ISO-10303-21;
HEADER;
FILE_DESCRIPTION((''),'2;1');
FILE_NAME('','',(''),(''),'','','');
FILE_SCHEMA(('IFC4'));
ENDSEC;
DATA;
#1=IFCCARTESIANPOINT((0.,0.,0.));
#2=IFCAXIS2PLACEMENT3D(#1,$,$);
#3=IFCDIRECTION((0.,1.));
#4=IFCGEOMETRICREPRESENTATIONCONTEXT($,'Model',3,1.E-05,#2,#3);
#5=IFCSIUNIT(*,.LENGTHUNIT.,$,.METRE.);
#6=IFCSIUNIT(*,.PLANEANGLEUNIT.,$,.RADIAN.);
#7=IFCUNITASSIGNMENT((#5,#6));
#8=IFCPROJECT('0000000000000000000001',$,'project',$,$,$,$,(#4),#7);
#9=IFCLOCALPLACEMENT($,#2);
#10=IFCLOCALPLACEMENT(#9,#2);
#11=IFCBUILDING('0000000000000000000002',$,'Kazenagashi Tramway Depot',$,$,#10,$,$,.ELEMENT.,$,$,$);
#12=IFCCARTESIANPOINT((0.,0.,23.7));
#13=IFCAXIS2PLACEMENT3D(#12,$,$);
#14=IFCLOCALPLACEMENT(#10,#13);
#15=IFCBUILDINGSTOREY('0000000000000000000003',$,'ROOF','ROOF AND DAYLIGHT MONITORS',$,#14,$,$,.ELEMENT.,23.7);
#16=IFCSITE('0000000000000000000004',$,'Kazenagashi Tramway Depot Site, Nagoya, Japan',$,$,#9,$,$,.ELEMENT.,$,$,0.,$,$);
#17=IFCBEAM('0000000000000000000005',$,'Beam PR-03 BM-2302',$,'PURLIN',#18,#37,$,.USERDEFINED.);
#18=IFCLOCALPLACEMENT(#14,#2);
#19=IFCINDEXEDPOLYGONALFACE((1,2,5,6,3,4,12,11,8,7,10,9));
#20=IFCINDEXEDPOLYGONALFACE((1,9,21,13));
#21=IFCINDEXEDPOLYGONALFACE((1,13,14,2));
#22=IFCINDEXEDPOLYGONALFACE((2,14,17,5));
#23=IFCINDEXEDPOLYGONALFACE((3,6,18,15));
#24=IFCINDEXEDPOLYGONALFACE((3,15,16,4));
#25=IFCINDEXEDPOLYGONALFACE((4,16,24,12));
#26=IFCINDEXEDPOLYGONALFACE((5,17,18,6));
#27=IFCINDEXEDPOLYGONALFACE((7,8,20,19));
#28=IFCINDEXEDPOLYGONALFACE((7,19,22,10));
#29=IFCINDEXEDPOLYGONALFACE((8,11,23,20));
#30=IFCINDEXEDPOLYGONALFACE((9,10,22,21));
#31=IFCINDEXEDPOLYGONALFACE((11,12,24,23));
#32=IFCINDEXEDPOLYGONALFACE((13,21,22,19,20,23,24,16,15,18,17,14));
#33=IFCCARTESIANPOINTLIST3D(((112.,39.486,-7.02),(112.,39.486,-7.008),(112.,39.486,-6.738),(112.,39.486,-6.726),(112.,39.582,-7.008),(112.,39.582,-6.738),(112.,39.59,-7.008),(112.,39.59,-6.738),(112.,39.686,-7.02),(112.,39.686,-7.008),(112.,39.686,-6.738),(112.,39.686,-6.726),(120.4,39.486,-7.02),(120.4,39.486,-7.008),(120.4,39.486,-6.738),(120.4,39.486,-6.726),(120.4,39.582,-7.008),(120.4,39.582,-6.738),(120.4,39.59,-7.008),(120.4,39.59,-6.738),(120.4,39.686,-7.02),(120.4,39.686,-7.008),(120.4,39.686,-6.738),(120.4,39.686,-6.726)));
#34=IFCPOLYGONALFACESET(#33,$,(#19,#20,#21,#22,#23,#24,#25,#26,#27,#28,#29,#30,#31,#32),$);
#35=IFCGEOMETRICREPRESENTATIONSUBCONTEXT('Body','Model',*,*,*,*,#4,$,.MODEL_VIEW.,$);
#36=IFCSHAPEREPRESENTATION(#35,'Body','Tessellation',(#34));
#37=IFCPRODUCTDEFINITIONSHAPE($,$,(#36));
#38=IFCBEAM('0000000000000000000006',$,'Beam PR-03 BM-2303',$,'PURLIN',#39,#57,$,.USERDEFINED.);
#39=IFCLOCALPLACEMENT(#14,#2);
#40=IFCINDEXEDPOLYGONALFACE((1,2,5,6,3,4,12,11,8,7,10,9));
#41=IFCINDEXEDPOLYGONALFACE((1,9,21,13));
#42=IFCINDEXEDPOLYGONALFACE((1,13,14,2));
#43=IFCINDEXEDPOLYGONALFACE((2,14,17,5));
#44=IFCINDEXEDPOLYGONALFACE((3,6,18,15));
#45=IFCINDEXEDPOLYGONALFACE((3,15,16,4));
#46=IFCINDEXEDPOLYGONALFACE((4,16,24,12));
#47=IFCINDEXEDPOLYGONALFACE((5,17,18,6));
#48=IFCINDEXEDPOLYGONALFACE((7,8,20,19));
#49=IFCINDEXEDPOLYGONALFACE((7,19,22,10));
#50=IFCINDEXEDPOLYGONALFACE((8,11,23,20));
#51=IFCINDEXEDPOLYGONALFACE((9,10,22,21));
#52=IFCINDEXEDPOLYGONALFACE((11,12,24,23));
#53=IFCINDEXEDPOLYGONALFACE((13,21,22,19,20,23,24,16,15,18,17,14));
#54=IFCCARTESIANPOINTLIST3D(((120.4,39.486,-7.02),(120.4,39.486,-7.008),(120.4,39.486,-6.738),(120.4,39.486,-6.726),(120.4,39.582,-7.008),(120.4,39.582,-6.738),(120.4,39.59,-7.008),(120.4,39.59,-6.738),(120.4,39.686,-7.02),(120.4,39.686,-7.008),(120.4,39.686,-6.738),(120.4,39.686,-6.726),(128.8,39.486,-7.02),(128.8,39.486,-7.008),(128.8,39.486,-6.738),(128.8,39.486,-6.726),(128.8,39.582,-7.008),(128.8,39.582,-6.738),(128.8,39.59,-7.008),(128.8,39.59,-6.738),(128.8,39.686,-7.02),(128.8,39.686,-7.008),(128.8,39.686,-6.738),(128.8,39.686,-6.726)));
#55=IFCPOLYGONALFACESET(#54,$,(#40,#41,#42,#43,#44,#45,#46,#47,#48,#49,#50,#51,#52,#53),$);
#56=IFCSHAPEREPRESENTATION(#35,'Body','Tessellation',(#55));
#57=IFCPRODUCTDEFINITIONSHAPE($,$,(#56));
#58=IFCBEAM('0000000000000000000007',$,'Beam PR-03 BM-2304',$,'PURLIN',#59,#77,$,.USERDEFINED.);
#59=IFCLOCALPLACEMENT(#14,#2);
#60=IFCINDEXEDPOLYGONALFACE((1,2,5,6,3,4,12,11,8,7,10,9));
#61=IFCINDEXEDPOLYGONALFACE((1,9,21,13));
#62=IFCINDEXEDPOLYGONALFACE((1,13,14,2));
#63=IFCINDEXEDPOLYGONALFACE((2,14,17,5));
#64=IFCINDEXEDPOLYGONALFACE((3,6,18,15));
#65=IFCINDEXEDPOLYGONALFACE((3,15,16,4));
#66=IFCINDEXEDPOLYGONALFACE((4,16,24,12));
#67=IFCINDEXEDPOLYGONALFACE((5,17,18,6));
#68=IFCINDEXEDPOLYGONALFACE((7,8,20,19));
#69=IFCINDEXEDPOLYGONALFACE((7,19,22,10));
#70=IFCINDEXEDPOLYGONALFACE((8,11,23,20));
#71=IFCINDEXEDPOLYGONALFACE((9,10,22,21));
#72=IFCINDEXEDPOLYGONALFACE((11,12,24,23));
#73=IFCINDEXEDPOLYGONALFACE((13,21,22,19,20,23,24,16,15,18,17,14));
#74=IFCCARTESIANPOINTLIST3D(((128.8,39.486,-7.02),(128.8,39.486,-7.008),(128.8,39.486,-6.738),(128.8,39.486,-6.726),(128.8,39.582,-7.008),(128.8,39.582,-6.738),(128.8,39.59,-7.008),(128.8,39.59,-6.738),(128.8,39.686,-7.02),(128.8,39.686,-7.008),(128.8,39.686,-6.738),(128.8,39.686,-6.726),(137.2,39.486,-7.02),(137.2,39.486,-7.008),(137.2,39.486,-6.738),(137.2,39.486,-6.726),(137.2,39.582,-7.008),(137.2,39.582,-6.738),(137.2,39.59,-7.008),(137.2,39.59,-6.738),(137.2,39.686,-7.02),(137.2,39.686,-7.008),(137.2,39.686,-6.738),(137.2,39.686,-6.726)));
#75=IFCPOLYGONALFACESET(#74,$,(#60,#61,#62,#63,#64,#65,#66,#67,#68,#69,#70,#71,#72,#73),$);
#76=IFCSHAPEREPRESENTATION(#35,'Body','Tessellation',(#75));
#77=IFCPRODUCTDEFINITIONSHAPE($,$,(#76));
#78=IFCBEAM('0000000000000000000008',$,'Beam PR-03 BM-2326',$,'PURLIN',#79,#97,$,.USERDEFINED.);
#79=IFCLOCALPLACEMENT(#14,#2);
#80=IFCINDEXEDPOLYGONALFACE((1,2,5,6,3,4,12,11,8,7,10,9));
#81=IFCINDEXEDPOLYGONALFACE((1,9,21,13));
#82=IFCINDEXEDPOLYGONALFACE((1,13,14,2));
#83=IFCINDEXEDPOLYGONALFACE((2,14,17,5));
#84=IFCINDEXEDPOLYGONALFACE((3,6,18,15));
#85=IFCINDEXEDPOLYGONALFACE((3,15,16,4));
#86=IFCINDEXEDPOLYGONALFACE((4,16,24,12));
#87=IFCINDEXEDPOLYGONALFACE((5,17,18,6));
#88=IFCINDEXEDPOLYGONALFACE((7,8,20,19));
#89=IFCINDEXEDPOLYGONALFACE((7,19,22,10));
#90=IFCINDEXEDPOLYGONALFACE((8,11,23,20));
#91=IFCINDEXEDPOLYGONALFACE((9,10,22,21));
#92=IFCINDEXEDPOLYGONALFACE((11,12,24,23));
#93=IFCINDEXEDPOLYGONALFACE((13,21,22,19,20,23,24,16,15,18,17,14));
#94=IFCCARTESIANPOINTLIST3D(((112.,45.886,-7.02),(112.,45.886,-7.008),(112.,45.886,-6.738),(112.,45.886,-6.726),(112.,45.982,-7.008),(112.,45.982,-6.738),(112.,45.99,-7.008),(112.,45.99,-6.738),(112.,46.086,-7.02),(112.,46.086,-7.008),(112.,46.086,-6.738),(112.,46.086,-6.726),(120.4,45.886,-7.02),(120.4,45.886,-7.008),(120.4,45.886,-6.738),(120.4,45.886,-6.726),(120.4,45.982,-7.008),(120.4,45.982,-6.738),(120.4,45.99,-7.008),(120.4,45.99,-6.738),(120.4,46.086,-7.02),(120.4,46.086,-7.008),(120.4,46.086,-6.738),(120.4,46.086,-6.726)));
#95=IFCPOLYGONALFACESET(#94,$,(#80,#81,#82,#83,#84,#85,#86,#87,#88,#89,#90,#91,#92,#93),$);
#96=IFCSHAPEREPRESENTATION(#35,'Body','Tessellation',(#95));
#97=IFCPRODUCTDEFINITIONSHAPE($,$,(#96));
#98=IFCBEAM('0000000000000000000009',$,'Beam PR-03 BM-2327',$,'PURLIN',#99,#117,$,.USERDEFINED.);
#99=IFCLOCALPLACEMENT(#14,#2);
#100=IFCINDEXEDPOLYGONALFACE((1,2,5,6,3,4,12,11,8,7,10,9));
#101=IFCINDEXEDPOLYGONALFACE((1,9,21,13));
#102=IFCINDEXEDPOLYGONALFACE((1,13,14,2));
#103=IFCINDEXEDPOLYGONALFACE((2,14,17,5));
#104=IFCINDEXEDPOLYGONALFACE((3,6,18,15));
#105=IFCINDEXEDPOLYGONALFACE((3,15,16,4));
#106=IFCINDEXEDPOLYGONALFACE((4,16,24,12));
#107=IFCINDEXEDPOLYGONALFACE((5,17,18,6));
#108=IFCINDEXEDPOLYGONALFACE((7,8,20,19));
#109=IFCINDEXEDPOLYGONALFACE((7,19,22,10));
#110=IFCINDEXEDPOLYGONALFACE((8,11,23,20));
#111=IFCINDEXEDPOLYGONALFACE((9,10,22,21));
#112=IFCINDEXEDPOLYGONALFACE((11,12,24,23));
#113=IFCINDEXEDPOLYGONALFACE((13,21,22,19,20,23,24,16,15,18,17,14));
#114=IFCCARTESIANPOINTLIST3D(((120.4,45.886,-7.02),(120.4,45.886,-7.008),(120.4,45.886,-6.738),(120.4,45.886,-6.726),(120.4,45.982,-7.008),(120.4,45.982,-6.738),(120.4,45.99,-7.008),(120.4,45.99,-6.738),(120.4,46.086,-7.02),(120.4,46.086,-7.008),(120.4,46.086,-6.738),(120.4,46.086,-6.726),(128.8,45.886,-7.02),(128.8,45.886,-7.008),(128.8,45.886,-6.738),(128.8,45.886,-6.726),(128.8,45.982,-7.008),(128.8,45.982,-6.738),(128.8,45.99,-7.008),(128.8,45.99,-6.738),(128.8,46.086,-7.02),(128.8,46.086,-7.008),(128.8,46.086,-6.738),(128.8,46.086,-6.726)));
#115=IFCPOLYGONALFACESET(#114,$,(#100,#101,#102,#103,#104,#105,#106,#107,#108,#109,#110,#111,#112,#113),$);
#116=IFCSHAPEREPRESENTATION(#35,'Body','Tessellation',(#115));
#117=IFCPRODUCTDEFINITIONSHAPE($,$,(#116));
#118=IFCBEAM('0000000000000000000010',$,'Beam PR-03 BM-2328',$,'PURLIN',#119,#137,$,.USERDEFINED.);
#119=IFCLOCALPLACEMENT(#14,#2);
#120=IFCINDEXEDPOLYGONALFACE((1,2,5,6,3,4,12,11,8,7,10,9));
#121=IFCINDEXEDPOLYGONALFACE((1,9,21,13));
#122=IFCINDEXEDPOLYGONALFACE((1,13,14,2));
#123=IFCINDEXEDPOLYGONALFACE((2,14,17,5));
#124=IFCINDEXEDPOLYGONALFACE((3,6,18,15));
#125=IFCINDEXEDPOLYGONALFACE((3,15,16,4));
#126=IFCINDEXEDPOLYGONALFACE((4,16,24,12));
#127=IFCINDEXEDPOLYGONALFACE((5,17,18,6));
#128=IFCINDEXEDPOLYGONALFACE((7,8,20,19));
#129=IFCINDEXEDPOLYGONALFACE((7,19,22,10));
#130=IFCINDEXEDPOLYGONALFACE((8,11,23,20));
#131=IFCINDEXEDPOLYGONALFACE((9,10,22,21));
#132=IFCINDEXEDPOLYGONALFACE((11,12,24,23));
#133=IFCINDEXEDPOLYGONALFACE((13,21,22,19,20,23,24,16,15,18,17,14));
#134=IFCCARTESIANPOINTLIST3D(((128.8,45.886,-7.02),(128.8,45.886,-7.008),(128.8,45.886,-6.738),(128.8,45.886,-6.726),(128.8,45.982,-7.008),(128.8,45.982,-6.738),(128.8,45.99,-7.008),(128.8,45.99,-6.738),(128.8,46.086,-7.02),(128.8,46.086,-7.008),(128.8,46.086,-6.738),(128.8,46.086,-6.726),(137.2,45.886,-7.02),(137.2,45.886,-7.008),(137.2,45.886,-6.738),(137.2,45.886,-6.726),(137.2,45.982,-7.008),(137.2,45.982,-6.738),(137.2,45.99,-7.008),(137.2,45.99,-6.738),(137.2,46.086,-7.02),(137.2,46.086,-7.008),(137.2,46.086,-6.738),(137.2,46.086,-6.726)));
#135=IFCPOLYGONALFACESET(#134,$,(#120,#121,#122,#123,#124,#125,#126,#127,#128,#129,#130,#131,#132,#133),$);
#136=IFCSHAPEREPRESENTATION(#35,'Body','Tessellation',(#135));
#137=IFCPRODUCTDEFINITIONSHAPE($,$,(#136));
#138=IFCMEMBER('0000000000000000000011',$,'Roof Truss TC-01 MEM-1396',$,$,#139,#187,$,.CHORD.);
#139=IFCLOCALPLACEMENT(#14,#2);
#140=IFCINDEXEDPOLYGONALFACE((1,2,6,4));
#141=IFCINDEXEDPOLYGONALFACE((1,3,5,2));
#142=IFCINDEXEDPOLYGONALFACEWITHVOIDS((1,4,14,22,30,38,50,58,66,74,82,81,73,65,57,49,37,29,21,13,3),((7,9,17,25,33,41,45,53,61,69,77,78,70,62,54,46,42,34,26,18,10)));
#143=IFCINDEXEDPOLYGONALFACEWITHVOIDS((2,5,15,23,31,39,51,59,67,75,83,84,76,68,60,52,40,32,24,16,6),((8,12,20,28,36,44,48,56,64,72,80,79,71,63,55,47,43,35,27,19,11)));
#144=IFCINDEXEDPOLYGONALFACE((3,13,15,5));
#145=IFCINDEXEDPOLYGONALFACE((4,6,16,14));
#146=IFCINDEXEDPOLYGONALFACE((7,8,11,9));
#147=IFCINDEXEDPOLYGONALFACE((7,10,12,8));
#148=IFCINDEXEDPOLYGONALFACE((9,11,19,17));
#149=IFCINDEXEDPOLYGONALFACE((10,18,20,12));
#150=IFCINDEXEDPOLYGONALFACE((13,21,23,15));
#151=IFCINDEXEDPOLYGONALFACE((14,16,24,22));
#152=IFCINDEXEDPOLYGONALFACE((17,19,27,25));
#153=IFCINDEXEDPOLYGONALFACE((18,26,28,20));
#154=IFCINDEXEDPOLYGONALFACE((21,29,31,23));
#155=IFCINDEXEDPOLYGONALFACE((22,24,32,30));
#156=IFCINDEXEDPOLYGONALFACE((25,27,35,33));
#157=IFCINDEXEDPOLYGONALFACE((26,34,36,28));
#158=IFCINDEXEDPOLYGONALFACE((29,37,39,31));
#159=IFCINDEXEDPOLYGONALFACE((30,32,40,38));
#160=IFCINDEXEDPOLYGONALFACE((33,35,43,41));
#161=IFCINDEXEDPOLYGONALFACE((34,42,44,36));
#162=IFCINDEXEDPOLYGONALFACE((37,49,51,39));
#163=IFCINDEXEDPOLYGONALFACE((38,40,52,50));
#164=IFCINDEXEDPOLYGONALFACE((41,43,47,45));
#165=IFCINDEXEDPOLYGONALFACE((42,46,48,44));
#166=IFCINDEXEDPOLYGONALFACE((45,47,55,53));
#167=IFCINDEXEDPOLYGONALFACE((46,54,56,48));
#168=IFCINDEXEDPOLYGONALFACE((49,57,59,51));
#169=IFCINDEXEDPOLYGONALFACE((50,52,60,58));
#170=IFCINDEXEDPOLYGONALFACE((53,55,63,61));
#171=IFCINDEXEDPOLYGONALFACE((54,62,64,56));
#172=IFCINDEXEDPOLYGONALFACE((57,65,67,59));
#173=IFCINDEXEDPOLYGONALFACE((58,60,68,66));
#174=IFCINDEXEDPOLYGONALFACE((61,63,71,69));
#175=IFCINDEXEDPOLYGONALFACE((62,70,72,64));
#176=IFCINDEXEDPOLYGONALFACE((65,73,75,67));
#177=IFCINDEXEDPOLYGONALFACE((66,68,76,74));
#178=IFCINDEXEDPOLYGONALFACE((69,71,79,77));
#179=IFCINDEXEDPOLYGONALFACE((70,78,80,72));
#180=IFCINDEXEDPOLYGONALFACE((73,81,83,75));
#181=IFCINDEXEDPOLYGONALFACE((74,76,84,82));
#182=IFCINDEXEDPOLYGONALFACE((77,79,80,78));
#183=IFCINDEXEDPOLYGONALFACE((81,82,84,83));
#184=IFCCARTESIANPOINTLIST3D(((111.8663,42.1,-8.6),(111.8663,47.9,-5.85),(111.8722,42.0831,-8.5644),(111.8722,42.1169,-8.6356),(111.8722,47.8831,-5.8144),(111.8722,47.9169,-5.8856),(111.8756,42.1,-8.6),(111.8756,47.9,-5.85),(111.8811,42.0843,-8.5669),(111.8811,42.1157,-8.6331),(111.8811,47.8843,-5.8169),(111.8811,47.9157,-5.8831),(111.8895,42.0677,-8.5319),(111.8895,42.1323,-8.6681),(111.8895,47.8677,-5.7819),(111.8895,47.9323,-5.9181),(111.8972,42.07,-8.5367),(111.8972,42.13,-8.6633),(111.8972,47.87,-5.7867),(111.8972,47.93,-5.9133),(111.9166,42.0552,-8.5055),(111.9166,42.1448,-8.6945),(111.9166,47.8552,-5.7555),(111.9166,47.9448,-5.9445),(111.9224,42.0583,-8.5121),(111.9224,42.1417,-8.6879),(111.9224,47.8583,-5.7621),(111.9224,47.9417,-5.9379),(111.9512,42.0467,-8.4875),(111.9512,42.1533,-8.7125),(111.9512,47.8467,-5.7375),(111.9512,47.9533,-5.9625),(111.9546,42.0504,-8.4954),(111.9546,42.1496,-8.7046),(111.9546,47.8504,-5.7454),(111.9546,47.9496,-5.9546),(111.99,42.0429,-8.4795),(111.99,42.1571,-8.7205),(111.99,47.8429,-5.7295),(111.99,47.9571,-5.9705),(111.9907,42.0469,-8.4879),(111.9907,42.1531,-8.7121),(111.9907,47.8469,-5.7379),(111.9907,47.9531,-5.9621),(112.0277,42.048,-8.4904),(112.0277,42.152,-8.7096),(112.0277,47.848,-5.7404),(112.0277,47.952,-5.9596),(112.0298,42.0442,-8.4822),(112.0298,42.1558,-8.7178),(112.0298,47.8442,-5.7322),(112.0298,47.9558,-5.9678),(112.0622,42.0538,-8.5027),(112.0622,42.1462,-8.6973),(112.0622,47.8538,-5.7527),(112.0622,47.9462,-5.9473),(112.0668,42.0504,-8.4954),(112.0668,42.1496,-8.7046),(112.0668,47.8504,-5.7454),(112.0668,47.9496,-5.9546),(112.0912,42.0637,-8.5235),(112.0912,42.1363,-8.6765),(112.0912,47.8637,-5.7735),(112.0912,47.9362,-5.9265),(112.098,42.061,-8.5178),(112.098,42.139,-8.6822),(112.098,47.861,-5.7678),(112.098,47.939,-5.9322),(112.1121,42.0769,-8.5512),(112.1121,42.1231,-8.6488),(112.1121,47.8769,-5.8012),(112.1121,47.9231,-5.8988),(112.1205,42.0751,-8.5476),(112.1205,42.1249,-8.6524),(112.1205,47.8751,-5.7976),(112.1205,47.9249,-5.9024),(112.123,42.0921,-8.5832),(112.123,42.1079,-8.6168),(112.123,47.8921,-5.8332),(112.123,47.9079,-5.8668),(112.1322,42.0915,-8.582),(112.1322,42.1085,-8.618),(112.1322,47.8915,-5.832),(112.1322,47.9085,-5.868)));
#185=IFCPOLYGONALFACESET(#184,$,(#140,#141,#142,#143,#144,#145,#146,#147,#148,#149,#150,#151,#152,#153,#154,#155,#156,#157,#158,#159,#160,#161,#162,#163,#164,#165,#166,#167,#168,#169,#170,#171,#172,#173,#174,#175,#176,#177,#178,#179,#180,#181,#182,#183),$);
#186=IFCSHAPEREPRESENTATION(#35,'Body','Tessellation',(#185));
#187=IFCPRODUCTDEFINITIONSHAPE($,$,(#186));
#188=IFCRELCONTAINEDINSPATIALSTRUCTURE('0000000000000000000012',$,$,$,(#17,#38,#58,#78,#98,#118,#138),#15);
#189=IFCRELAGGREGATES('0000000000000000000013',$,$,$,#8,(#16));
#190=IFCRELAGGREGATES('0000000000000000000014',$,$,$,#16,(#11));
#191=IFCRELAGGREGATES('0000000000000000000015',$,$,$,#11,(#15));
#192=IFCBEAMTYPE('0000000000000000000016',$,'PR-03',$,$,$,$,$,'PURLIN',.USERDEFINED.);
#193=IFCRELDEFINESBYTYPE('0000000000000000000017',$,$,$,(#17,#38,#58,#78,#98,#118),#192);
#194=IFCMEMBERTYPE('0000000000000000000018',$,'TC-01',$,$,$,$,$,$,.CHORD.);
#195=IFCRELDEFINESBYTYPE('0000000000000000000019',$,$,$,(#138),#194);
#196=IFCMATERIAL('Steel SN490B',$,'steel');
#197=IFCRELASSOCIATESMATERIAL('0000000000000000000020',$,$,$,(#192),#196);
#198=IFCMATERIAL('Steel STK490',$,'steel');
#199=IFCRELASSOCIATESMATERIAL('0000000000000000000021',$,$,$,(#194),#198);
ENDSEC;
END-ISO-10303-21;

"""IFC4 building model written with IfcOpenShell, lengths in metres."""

from ifc_helpers import new_model, si_unit, direction, frame, origin, origin_2d, place, context, subcontext, project, spatial, hollow_circle, i_section, extrude, material, material_profile, profile_set, type_object, element, save


model = new_model("IFC4")

# Units and contexts
model_context = context("Model", 3, precision=1e-05, world=origin(), true_north=direction((0.0, 1.0)))
body_context = subcontext(model_context, "Body", "Model", "MODEL_VIEW")
ifc_project = project(units=[si_unit("LENGTHUNIT", "METRE"), si_unit("PLANEANGLEUNIT", "RADIAN")], contexts=[model_context])

# Site, building, storey
site_placement = place(None, origin())
site = spatial("IfcSite", under=ifc_project, at=site_placement, Name="Kazenagashi Tramway Depot Site, Nagoya, Japan", CompositionType="ELEMENT", RefElevation=0.0)
building_placement = place(site_placement, origin())
building = spatial("IfcBuilding", under=site, at=building_placement, Name="Kazenagashi Tramway Depot", CompositionType="ELEMENT")
storey_placement = place(building_placement, frame((0.0, 0.0, 23.7)))
storey = spatial("IfcBuildingStorey", under=building, at=storey_placement, Name="ROOF", Description="ROOF AND DAYLIGHT MONITORS", CompositionType="ELEMENT", Elevation=23.7)

# Beams
ifc_material_1 = material(Name="Steel SN490B", Category="steel")
ifc_material_profile_1 = material_profile(ifc_material_1, i_section(OverallWidth=0.2, OverallDepth=0.294, WebThickness=0.008, FlangeThickness=0.012, at=origin_2d()), Name="H-294x200x8x12")
ifc_profile_set_1 = profile_set([ifc_material_profile_1], Name="Steel SN490B")
beam_type_1 = type_object("IfcBeamType", Name="PR-03", ElementType="PURLIN", PredefinedType="USERDEFINED", material=ifc_profile_set_1)
for number, where, z_axis, x_axis, name in (
    (1, (112.0, 39.586, -6.873), (1.0, 0.0, 0.0), (0.0, 1.0, 0.0), "Beam PR-03 BM-2302"),
    (2, (120.4, 39.586, -6.873), (1.0, 0.0, 0.0), (0.0, 1.0, 0.0), "Beam PR-03 BM-2303"),
    (3, (128.8, 39.586, -6.873), (1.0, 0.0, 0.0), (0.0, 1.0, 0.0), "Beam PR-03 BM-2304"),
    (4, (112.0, 45.986, -6.873), (1.0, 0.0, 0.0), (0.0, 1.0, 0.0), "Beam PR-03 BM-2326"),
    (5, (120.4, 45.986, -6.873), (1.0, 0.0, 0.0), (0.0, 1.0, 0.0), "Beam PR-03 BM-2327"),
    (6, (128.8, 45.986, -6.873), (1.0, 0.0, 0.0), (0.0, 1.0, 0.0), "Beam PR-03 BM-2328"),
):
    element("IfcBeam", number, at=place(storey_placement, frame(where, z_axis=z_axis, x_axis=x_axis)), inside=storey, type_object=beam_type_1, Name=name, ObjectType="PURLIN", PredefinedType="USERDEFINED", context=body_context, shape_type="SweptSolid", body=[
        extrude(i_section(OverallWidth=0.2, OverallDepth=0.294, WebThickness=0.008, FlangeThickness=0.012, at=origin_2d()), origin(), (0.0, 0.0, 1.0), 8.4),
    ])

# Member
ifc_material_2 = material(Name="Steel STK490", Category="steel")
ifc_material_profile_2 = material_profile(ifc_material_2, hollow_circle(Radius=0.1337, WallThickness=0.0093, at=origin_2d()), Name="CHS-267.4x9.3")
ifc_profile_set_2 = profile_set([ifc_material_profile_2], Name="Steel STK490")
member_type_1 = type_object("IfcMemberType", Name="TC-01", PredefinedType="CHORD", material=ifc_profile_set_2)
for number, where, z_axis, x_axis, name in (
    (7, (112.0, 42.1, -8.6), (0.0, 0.903579, 0.428421), (-1.0, 0.0, 0.0), "Roof Truss TC-01 MEM-1396"),
):
    element("IfcMember", number, at=place(storey_placement, frame(where, z_axis=z_axis, x_axis=x_axis)), inside=storey, type_object=member_type_1, Name=name, PredefinedType="CHORD", context=body_context, shape_type="SweptSolid", body=[
        extrude(hollow_circle(Radius=0.1337, WallThickness=0.0093, at=origin_2d()), origin(), (0.0, 0.0, 1.0), 6.4189),
    ])

save(model, "model.ifc")
